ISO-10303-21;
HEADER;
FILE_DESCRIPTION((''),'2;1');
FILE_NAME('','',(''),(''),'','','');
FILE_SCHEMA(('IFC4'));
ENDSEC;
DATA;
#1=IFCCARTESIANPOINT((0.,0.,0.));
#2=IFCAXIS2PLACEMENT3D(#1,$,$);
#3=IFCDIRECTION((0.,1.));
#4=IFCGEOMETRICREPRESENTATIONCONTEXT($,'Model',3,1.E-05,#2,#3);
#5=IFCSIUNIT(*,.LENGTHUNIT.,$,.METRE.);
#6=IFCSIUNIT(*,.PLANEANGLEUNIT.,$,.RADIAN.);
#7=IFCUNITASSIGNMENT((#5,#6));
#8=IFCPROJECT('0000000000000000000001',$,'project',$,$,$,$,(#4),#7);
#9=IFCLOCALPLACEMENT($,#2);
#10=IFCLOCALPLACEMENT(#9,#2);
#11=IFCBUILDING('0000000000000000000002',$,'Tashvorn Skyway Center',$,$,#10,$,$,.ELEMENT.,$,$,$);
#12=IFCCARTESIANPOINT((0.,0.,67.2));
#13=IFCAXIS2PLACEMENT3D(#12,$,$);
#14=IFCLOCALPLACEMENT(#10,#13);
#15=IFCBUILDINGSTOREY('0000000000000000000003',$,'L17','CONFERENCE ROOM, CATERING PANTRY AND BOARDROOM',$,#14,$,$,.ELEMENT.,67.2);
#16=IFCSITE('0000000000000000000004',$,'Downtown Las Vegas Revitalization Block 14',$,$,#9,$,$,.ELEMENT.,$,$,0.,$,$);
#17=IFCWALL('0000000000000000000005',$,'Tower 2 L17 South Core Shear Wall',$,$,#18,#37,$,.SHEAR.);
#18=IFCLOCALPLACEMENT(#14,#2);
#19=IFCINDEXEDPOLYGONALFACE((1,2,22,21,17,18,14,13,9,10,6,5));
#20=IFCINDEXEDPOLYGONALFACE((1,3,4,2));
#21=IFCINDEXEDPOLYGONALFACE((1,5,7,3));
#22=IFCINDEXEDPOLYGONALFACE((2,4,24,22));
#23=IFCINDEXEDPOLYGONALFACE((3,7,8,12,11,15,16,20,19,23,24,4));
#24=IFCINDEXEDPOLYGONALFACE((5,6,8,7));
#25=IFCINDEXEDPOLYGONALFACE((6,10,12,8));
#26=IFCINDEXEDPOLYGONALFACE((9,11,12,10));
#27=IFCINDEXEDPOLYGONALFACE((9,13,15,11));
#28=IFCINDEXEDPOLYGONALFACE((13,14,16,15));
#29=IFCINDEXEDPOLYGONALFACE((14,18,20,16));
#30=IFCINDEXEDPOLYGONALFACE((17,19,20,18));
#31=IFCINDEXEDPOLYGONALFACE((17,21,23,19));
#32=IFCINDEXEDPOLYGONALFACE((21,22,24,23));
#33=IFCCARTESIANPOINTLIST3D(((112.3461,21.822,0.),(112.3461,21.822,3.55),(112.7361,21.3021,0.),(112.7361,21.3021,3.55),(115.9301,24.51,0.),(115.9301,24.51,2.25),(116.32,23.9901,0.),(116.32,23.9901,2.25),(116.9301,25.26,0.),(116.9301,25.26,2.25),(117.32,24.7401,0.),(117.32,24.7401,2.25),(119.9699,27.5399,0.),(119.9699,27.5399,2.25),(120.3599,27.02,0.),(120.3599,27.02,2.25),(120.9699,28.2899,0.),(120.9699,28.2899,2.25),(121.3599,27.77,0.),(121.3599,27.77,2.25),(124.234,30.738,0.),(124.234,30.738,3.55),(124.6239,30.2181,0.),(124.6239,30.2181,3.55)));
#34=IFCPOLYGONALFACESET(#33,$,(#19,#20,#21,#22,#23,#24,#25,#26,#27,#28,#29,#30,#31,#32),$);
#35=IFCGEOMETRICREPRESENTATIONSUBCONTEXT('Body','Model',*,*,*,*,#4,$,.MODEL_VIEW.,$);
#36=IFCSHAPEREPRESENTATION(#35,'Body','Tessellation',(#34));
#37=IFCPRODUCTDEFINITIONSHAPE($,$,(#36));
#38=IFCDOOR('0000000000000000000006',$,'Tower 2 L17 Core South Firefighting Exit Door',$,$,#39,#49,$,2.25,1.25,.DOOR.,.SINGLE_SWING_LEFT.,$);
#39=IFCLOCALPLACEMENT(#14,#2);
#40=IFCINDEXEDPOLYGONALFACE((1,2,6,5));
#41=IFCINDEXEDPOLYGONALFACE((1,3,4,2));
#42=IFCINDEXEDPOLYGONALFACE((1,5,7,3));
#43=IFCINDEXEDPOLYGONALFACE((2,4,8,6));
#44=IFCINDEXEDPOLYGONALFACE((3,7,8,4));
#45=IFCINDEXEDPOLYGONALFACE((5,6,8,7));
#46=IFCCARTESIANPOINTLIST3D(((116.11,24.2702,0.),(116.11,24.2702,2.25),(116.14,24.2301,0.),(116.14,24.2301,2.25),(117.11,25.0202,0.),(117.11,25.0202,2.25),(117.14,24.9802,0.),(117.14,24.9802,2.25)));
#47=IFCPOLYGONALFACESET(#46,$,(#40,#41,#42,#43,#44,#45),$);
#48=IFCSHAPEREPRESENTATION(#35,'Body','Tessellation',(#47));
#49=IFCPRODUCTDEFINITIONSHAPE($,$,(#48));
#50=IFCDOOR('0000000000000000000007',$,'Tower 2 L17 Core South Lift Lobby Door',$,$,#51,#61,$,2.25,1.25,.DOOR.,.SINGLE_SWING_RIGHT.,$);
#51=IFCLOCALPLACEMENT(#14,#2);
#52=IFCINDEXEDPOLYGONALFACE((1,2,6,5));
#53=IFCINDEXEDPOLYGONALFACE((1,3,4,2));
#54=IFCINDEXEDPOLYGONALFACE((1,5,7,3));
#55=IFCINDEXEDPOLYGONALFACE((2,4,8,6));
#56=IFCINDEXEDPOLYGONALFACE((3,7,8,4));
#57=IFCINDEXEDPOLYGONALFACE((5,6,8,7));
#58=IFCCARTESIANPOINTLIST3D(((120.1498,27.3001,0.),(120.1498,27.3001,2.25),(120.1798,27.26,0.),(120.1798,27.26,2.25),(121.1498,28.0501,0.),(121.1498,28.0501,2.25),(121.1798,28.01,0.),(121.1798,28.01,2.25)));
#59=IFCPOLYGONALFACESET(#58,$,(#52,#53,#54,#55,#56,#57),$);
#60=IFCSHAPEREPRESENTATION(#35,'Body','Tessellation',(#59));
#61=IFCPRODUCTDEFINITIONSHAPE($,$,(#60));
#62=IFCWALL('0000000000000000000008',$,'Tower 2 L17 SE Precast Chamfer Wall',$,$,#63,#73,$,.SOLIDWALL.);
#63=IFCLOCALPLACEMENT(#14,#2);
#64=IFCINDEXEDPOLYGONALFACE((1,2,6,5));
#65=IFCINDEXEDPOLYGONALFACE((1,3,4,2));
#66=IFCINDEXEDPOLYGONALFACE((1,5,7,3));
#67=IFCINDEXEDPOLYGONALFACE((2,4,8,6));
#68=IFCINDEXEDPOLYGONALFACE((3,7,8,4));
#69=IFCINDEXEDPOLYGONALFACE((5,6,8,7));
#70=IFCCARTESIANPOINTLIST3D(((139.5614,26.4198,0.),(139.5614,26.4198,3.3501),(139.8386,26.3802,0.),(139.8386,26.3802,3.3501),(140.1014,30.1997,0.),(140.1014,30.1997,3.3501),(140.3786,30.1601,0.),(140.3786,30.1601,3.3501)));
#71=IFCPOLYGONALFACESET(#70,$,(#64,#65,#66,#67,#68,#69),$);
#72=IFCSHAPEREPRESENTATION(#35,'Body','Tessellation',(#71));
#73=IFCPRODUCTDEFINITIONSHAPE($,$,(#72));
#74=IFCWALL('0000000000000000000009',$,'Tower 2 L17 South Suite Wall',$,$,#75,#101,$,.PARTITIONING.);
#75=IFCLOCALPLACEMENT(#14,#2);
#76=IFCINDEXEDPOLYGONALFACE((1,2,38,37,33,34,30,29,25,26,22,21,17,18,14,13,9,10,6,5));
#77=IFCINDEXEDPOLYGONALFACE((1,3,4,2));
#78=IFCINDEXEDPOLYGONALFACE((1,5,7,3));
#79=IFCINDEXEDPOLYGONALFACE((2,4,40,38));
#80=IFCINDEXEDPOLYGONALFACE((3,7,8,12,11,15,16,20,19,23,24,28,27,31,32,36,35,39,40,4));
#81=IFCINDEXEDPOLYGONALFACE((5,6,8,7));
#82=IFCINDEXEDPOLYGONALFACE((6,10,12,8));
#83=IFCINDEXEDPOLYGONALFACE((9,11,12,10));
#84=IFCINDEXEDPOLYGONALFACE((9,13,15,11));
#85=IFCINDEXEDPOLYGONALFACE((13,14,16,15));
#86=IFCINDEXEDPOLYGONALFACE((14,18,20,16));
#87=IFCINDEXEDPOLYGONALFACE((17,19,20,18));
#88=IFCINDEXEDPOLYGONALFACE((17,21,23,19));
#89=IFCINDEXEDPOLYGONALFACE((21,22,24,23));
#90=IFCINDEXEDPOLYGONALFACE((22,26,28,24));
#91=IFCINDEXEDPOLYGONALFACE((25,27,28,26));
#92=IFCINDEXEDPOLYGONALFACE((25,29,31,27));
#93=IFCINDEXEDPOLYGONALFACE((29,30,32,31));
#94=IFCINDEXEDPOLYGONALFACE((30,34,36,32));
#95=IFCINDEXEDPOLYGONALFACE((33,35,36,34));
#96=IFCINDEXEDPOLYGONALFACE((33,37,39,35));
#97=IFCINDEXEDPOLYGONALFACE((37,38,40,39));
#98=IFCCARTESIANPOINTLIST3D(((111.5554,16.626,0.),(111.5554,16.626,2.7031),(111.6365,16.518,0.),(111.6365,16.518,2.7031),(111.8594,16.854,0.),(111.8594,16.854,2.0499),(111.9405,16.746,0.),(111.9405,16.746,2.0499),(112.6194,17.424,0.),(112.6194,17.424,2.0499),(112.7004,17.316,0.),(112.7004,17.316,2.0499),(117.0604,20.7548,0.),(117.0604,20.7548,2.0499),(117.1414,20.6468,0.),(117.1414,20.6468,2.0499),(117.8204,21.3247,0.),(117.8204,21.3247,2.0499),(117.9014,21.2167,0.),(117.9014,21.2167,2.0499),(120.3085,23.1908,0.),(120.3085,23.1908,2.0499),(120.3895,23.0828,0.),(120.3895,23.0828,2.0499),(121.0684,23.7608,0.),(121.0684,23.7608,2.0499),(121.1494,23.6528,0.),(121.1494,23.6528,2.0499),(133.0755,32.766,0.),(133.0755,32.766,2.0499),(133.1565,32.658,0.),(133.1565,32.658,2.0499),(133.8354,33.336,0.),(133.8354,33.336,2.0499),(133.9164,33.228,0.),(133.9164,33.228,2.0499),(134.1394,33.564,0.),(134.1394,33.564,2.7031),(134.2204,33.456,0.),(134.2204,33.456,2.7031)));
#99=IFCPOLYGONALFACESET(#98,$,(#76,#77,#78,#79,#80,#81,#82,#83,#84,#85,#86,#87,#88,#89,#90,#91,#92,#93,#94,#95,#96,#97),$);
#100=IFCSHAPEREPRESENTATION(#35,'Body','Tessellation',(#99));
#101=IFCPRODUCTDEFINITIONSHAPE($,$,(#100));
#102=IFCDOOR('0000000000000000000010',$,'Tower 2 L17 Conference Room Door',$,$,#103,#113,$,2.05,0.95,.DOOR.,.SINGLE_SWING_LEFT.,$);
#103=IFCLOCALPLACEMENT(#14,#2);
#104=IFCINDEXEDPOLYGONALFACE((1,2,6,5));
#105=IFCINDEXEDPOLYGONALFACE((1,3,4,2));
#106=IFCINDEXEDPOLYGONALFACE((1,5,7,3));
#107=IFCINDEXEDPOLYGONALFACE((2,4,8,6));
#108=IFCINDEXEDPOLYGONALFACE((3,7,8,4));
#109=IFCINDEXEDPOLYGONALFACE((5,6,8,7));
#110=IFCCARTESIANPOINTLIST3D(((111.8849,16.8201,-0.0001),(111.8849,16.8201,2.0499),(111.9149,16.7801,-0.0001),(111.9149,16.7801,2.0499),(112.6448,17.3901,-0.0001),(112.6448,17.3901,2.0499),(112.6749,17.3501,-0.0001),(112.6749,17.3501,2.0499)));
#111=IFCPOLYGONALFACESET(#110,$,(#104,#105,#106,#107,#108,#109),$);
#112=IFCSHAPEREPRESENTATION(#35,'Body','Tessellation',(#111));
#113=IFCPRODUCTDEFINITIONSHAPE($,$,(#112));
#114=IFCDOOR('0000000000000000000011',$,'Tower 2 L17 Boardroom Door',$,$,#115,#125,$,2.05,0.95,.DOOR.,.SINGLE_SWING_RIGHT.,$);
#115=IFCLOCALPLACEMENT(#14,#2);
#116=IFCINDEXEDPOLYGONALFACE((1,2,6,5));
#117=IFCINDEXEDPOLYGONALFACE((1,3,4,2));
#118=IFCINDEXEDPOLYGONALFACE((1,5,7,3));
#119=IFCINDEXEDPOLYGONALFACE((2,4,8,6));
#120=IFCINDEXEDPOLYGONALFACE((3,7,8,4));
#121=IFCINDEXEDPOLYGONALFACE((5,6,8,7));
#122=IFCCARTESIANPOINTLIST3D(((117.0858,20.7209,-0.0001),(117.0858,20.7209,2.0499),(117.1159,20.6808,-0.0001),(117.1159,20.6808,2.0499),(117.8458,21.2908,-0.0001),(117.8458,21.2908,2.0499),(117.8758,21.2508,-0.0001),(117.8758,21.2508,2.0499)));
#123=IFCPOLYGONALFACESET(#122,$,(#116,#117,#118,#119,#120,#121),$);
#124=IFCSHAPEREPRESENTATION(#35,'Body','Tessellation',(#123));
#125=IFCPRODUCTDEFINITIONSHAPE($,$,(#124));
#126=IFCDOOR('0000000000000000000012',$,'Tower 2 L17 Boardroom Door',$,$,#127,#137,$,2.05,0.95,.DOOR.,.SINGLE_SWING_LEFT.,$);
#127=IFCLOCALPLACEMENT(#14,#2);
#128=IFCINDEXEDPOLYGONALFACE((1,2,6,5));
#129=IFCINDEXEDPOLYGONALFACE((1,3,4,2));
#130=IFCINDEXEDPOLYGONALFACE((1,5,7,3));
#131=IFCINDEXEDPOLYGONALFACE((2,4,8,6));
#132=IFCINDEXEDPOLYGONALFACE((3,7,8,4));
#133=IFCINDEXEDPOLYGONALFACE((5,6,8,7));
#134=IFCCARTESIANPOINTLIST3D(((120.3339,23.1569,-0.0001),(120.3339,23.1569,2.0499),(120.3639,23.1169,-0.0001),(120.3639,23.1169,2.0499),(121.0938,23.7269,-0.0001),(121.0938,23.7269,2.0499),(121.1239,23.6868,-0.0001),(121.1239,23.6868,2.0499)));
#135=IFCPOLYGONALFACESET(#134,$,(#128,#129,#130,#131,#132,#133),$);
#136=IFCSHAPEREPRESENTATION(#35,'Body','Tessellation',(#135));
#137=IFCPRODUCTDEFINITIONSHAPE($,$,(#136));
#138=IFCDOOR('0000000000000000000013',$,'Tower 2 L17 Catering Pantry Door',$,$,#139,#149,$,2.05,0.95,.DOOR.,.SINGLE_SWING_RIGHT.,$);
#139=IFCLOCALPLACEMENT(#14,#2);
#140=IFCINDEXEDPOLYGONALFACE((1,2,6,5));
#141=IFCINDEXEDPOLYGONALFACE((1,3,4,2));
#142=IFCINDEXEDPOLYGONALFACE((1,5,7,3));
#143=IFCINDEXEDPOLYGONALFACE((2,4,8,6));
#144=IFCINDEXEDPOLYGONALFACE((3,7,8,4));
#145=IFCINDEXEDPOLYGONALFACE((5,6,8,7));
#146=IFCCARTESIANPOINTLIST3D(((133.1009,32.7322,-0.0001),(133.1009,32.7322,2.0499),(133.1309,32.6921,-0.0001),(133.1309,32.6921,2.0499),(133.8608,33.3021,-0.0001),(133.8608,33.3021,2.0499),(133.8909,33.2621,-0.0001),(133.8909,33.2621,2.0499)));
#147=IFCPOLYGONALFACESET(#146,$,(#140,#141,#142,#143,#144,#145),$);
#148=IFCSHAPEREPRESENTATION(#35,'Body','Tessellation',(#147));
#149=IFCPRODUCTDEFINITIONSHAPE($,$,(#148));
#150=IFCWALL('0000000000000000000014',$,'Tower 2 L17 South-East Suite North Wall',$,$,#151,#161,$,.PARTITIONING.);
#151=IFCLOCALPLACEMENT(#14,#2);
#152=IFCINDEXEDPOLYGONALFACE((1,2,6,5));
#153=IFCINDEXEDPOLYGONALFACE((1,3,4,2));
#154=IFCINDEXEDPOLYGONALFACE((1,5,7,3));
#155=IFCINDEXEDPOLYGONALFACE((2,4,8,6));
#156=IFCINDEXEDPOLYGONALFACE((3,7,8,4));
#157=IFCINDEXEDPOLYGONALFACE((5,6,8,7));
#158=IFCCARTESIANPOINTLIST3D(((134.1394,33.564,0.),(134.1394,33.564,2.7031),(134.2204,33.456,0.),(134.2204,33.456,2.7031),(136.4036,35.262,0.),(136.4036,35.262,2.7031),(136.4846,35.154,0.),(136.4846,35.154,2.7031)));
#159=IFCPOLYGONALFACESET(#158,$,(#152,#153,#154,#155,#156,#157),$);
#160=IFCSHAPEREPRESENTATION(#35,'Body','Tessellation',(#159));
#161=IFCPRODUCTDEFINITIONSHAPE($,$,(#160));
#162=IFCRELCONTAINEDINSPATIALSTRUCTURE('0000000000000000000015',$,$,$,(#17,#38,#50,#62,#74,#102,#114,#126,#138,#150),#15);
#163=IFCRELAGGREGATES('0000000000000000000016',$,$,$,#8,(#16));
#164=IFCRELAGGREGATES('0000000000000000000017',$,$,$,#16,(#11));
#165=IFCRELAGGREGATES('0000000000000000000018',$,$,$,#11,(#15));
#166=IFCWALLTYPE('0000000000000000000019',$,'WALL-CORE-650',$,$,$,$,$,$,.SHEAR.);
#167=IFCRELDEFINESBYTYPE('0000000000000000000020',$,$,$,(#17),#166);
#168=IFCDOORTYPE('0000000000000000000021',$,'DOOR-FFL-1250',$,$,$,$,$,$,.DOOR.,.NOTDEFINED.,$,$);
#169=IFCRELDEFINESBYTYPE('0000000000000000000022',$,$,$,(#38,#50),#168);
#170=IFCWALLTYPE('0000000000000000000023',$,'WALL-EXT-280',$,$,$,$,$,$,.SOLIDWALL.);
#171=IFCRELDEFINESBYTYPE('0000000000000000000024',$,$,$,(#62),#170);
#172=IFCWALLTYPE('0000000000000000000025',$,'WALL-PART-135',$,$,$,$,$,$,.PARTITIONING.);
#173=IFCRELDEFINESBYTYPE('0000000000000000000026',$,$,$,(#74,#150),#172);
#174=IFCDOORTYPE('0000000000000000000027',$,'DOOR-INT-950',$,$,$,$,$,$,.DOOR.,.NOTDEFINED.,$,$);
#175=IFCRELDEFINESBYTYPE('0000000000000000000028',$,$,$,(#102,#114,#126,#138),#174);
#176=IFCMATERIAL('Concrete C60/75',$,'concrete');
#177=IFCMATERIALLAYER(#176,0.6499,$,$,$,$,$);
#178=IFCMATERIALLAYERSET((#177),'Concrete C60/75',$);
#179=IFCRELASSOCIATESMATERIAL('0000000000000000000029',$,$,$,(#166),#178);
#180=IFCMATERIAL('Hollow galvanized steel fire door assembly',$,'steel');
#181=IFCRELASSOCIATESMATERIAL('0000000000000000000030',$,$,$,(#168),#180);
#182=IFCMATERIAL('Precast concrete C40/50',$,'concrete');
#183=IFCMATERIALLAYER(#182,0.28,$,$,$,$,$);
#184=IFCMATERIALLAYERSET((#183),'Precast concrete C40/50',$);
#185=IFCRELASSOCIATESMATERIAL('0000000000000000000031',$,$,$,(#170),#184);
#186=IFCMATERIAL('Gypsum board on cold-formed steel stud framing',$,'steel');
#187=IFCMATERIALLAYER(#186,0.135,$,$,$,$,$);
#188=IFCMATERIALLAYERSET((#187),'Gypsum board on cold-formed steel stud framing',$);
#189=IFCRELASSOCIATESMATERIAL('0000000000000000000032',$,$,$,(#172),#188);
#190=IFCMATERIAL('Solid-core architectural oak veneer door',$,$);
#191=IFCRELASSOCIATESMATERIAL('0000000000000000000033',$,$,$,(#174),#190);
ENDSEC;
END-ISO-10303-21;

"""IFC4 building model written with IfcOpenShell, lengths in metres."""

from ifc_helpers import new_model, si_unit, direction, frame, frame_2d, origin, place, context, subcontext, project, spatial, rectangle, extrude, material, layer, layer_set, type_object, element, fill, save


model = new_model("IFC4")

# Units and contexts
model_context = context("Model", 3, precision=1e-05, world=origin(), true_north=direction((0.0, 1.0)))
body_context = subcontext(model_context, "Body", "Model", "MODEL_VIEW")
ifc_project = project(units=[si_unit("LENGTHUNIT", "METRE"), si_unit("PLANEANGLEUNIT", "RADIAN")], contexts=[model_context])

# Site, building, storey
site_placement = place(None, origin())
site = spatial("IfcSite", under=ifc_project, at=site_placement, Name="Downtown Las Vegas Revitalization Block 14", CompositionType="ELEMENT", RefElevation=0.0)
building_placement = place(site_placement, origin())
building = spatial("IfcBuilding", under=site, at=building_placement, Name="Tashvorn Skyway Center", CompositionType="ELEMENT")
storey_placement = place(building_placement, frame((0.0, 0.0, 67.2)))
storey = spatial("IfcBuildingStorey", under=building, at=storey_placement, Name="L17", Description="CONFERENCE ROOM, CATERING PANTRY AND BOARDROOM", CompositionType="ELEMENT", Elevation=67.2)

# Wall, openings, doors
ifc_material_1 = material(Name="Concrete C60/75", Category="concrete")
ifc_layer_1 = layer(ifc_material_1, 0.6499)
ifc_layer_set_1 = layer_set([ifc_layer_1], Name="Concrete C60/75")
wall_type_1 = type_object("IfcWallType", Name="WALL-CORE-650", PredefinedType="SHEAR", material=ifc_layer_set_1)
wall_1_placement = place(storey_placement, frame((124.429, 30.478, 0.0), z_axis=(0.0, 0.0, 1.0), x_axis=(-0.799998, -0.600003, 0.0)))
wall_1 = element("IfcWall", 1, at=wall_1_placement, inside=storey, type_object=wall_type_1, Name="Tower 2 L17 South Core Shear Wall", PredefinedType="SHEAR", context=body_context, shape_type="SweptSolid", body=[
    extrude(rectangle(XDim=14.8599, YDim=0.6499, at=frame_2d((7.4299, 0.0))), origin(), (0.0, 0.0, 1.0), 3.55),
])
opening_1_placement = place(wall_1_placement, frame((9.1299, 0.0, 0.0)))
opening_1 = element("IfcOpeningElement", 2, at=opening_1_placement, cuts=wall_1, PredefinedType="OPENING", context=body_context, shape_type="SweptSolid", body=[
    extrude(rectangle(XDim=1.25, YDim=2.25, at=frame_2d((0.625, 1.125))), frame((0.0, 0.335, 0.0), z_axis=(0.0, -1.0, 0.0), x_axis=(1.0, 0.0, 0.0)), (0.0, 0.0, 1.0), 0.6699),
])
opening_2_placement = place(wall_1_placement, frame((4.0801, 0.0, 0.0)))
opening_2 = element("IfcOpeningElement", 3, at=opening_2_placement, cuts=wall_1, PredefinedType="OPENING", context=body_context, shape_type="SweptSolid", body=[
    extrude(rectangle(XDim=1.25, YDim=2.25, at=frame_2d((0.625, 1.125))), frame((0.0, 0.335, 0.0), z_axis=(0.0, -1.0, 0.0), x_axis=(1.0, 0.0, 0.0)), (0.0, 0.0, 1.0), 0.6699),
])
ifc_material_2 = material(Name="Hollow galvanized steel fire door assembly", Category="steel")
door_type_1 = type_object("IfcDoorType", Name="DOOR-FFL-1250", OperationType="NOTDEFINED", PredefinedType="DOOR", material=ifc_material_2)
door_1_placement = place(opening_1_placement, origin())
door_1 = element("IfcDoor", 4, at=door_1_placement, inside=storey, type_object=door_type_1, Name="Tower 2 L17 Core South Firefighting Exit Door", OperationType="SINGLE_SWING_LEFT", OverallHeight=2.25, OverallWidth=1.25, PredefinedType="DOOR", context=body_context, shape_type="SweptSolid", body=[
    extrude(rectangle(XDim=1.25, YDim=2.25, at=frame_2d((0.625, 1.125))), frame((0.0, 0.0249, 0.0), z_axis=(0.0, -1.0, 0.0), x_axis=(1.0, 0.0, 0.0)), (0.0, 0.0, 1.0), 0.05),
])
fill(opening_1, door_1)
door_2_placement = place(opening_2_placement, origin())
door_2 = element("IfcDoor", 5, at=door_2_placement, inside=storey, type_object=door_type_1, Name="Tower 2 L17 Core South Lift Lobby Door", OperationType="SINGLE_SWING_RIGHT", OverallHeight=2.25, OverallWidth=1.25, PredefinedType="DOOR", context=body_context, shape_type="SweptSolid", body=[
    extrude(rectangle(XDim=1.25, YDim=2.25, at=frame_2d((0.625, 1.125))), frame((0.0, 0.0249, 0.0), z_axis=(0.0, -1.0, 0.0), x_axis=(1.0, 0.0, 0.0)), (0.0, 0.0, 1.0), 0.05),
])
fill(opening_2, door_2)

# Wall
ifc_material_3 = material(Name="Precast concrete C40/50", Category="concrete")
ifc_layer_2 = layer(ifc_material_3, 0.28)
ifc_layer_set_2 = layer_set([ifc_layer_2], Name="Precast concrete C40/50")
wall_type_2 = type_object("IfcWallType", Name="WALL-EXT-280", PredefinedType="SOLIDWALL", material=ifc_layer_set_2)
wall_2_placement = place(storey_placement, frame((140.24, 30.1799, 0.0), z_axis=(0.0, 0.0, 1.0), x_axis=(-0.14143, -0.989948, 0.0)))
element("IfcWall", 6, at=wall_2_placement, inside=storey, type_object=wall_type_2, Name="Tower 2 L17 SE Precast Chamfer Wall", PredefinedType="SOLIDWALL", context=body_context, shape_type="SweptSolid", body=[
    extrude(rectangle(XDim=3.8184, YDim=0.28, at=frame_2d((1.9092, 0.0))), origin(), (0.0, 0.0, 1.0), 3.3501),
])

# Wall, openings, doors
ifc_material_4 = material(Name="Gypsum board on cold-formed steel stud framing", Category="steel")
ifc_layer_3 = layer(ifc_material_4, 0.135)
ifc_layer_set_3 = layer_set([ifc_layer_3], Name="Gypsum board on cold-formed steel stud framing")
wall_type_3 = type_object("IfcWallType", Name="WALL-PART-135", PredefinedType="PARTITIONING", material=ifc_layer_set_3)
wall_3_placement = place(storey_placement, frame((134.1799, 33.51, 0.0), z_axis=(0.0, 0.0, 1.0), x_axis=(-0.8, -0.6, 0.0)))
wall_3 = element("IfcWall", 7, at=wall_3_placement, inside=storey, type_object=wall_type_3, Name="Tower 2 L17 South Suite Wall", PredefinedType="PARTITIONING", context=body_context, shape_type="SweptSolid", body=[
    extrude(rectangle(XDim=28.23, YDim=0.135, at=frame_2d((14.115, 0.0))), origin(), (0.0, 0.0, 1.0), 2.7031),
])
opening_3_placement = place(wall_3_placement, frame((26.8999, 0.0, 0.0)))
opening_3 = element("IfcOpeningElement", 8, at=opening_3_placement, cuts=wall_3, PredefinedType="OPENING", context=body_context, shape_type="SweptSolid", body=[
    extrude(rectangle(XDim=0.95, YDim=2.05, at=frame_2d((0.4751, 1.0249))), frame((0.0, 0.0774, 0.0), z_axis=(0.0, -1.0, 0.0), x_axis=(1.0, 0.0, 0.0)), (0.0, 0.0, 1.0), 0.155),
])
opening_4_placement = place(wall_3_placement, frame((20.3987, 0.0, 0.0)))
opening_4 = element("IfcOpeningElement", 9, at=opening_4_placement, cuts=wall_3, PredefinedType="OPENING", context=body_context, shape_type="SweptSolid", body=[
    extrude(rectangle(XDim=0.95, YDim=2.05, at=frame_2d((0.4751, 1.0249))), frame((0.0, 0.0774, 0.0), z_axis=(0.0, -1.0, 0.0), x_axis=(1.0, 0.0, 0.0)), (0.0, 0.0, 1.0), 0.155),
])
opening_5_placement = place(wall_3_placement, frame((16.3386, 0.0, 0.0)))
opening_5 = element("IfcOpeningElement", 10, at=opening_5_placement, cuts=wall_3, PredefinedType="OPENING", context=body_context, shape_type="SweptSolid", body=[
    extrude(rectangle(XDim=0.95, YDim=2.05, at=frame_2d((0.4751, 1.0249))), frame((0.0, 0.0774, 0.0), z_axis=(0.0, -1.0, 0.0), x_axis=(1.0, 0.0, 0.0)), (0.0, 0.0, 1.0), 0.155),
])
opening_6_placement = place(wall_3_placement, frame((0.3799, 0.0, 0.0)))
opening_6 = element("IfcOpeningElement", 11, at=opening_6_placement, cuts=wall_3, PredefinedType="OPENING", context=body_context, shape_type="SweptSolid", body=[
    extrude(rectangle(XDim=0.95, YDim=2.05, at=frame_2d((0.4751, 1.0249))), frame((0.0, 0.0774, 0.0), z_axis=(0.0, -1.0, 0.0), x_axis=(1.0, 0.0, 0.0)), (0.0, 0.0, 1.0), 0.155),
])
ifc_material_5 = material(Name="Solid-core architectural oak veneer door")
door_type_2 = type_object("IfcDoorType", Name="DOOR-INT-950", OperationType="NOTDEFINED", PredefinedType="DOOR", material=ifc_material_5)
door_3_placement = place(opening_3_placement, origin())
door_3 = element("IfcDoor", 12, at=door_3_placement, inside=storey, type_object=door_type_2, Name="Tower 2 L17 Conference Room Door", OperationType="SINGLE_SWING_LEFT", OverallHeight=2.05, OverallWidth=0.95, PredefinedType="DOOR", context=body_context, shape_type="SweptSolid", body=[
    extrude(rectangle(XDim=0.95, YDim=2.05, at=frame_2d((0.4751, 1.0249))), frame((0.0, 0.0249, 0.0), z_axis=(0.0, -1.0, 0.0), x_axis=(1.0, 0.0, 0.0)), (0.0, 0.0, 1.0), 0.05),
])
fill(opening_3, door_3)
door_4_placement = place(opening_4_placement, origin())
door_4 = element("IfcDoor", 13, at=door_4_placement, inside=storey, type_object=door_type_2, Name="Tower 2 L17 Boardroom Door", OperationType="SINGLE_SWING_RIGHT", OverallHeight=2.05, OverallWidth=0.95, PredefinedType="DOOR", context=body_context, shape_type="SweptSolid", body=[
    extrude(rectangle(XDim=0.95, YDim=2.05, at=frame_2d((0.4751, 1.0249))), frame((0.0, 0.0249, 0.0), z_axis=(0.0, -1.0, 0.0), x_axis=(1.0, 0.0, 0.0)), (0.0, 0.0, 1.0), 0.05),
])
fill(opening_4, door_4)
door_5_placement = place(opening_5_placement, origin())
door_5 = element("IfcDoor", 14, at=door_5_placement, inside=storey, type_object=door_type_2, Name="Tower 2 L17 Boardroom Door", OperationType="SINGLE_SWING_LEFT", OverallHeight=2.05, OverallWidth=0.95, PredefinedType="DOOR", context=body_context, shape_type="SweptSolid", body=[
    extrude(rectangle(XDim=0.95, YDim=2.05, at=frame_2d((0.4751, 1.0249))), frame((0.0, 0.0249, 0.0), z_axis=(0.0, -1.0, 0.0), x_axis=(1.0, 0.0, 0.0)), (0.0, 0.0, 1.0), 0.05),
])
fill(opening_5, door_5)
door_6_placement = place(opening_6_placement, origin())
door_6 = element("IfcDoor", 15, at=door_6_placement, inside=storey, type_object=door_type_2, Name="Tower 2 L17 Catering Pantry Door", OperationType="SINGLE_SWING_RIGHT", OverallHeight=2.05, OverallWidth=0.95, PredefinedType="DOOR", context=body_context, shape_type="SweptSolid", body=[
    extrude(rectangle(XDim=0.95, YDim=2.05, at=frame_2d((0.4751, 1.0249))), frame((0.0, 0.0249, 0.0), z_axis=(0.0, -1.0, 0.0), x_axis=(1.0, 0.0, 0.0)), (0.0, 0.0, 1.0), 0.05),
])
fill(opening_6, door_6)

# Wall
wall_4_placement = place(storey_placement, frame((134.1799, 33.51, 0.0), z_axis=(0.0, 0.0, 1.0), x_axis=(0.800021, 0.599972, 0.0)))
element("IfcWall", 16, at=wall_4_placement, inside=storey, type_object=wall_type_3, Name="Tower 2 L17 South-East Suite North Wall", PredefinedType="PARTITIONING", context=body_context, shape_type="SweptSolid", body=[
    extrude(rectangle(XDim=2.8301, YDim=0.135, at=frame_2d((1.415, 0.0))), origin(), (0.0, 0.0, 1.0), 2.7031),
])

save(model, "model.ifc")
